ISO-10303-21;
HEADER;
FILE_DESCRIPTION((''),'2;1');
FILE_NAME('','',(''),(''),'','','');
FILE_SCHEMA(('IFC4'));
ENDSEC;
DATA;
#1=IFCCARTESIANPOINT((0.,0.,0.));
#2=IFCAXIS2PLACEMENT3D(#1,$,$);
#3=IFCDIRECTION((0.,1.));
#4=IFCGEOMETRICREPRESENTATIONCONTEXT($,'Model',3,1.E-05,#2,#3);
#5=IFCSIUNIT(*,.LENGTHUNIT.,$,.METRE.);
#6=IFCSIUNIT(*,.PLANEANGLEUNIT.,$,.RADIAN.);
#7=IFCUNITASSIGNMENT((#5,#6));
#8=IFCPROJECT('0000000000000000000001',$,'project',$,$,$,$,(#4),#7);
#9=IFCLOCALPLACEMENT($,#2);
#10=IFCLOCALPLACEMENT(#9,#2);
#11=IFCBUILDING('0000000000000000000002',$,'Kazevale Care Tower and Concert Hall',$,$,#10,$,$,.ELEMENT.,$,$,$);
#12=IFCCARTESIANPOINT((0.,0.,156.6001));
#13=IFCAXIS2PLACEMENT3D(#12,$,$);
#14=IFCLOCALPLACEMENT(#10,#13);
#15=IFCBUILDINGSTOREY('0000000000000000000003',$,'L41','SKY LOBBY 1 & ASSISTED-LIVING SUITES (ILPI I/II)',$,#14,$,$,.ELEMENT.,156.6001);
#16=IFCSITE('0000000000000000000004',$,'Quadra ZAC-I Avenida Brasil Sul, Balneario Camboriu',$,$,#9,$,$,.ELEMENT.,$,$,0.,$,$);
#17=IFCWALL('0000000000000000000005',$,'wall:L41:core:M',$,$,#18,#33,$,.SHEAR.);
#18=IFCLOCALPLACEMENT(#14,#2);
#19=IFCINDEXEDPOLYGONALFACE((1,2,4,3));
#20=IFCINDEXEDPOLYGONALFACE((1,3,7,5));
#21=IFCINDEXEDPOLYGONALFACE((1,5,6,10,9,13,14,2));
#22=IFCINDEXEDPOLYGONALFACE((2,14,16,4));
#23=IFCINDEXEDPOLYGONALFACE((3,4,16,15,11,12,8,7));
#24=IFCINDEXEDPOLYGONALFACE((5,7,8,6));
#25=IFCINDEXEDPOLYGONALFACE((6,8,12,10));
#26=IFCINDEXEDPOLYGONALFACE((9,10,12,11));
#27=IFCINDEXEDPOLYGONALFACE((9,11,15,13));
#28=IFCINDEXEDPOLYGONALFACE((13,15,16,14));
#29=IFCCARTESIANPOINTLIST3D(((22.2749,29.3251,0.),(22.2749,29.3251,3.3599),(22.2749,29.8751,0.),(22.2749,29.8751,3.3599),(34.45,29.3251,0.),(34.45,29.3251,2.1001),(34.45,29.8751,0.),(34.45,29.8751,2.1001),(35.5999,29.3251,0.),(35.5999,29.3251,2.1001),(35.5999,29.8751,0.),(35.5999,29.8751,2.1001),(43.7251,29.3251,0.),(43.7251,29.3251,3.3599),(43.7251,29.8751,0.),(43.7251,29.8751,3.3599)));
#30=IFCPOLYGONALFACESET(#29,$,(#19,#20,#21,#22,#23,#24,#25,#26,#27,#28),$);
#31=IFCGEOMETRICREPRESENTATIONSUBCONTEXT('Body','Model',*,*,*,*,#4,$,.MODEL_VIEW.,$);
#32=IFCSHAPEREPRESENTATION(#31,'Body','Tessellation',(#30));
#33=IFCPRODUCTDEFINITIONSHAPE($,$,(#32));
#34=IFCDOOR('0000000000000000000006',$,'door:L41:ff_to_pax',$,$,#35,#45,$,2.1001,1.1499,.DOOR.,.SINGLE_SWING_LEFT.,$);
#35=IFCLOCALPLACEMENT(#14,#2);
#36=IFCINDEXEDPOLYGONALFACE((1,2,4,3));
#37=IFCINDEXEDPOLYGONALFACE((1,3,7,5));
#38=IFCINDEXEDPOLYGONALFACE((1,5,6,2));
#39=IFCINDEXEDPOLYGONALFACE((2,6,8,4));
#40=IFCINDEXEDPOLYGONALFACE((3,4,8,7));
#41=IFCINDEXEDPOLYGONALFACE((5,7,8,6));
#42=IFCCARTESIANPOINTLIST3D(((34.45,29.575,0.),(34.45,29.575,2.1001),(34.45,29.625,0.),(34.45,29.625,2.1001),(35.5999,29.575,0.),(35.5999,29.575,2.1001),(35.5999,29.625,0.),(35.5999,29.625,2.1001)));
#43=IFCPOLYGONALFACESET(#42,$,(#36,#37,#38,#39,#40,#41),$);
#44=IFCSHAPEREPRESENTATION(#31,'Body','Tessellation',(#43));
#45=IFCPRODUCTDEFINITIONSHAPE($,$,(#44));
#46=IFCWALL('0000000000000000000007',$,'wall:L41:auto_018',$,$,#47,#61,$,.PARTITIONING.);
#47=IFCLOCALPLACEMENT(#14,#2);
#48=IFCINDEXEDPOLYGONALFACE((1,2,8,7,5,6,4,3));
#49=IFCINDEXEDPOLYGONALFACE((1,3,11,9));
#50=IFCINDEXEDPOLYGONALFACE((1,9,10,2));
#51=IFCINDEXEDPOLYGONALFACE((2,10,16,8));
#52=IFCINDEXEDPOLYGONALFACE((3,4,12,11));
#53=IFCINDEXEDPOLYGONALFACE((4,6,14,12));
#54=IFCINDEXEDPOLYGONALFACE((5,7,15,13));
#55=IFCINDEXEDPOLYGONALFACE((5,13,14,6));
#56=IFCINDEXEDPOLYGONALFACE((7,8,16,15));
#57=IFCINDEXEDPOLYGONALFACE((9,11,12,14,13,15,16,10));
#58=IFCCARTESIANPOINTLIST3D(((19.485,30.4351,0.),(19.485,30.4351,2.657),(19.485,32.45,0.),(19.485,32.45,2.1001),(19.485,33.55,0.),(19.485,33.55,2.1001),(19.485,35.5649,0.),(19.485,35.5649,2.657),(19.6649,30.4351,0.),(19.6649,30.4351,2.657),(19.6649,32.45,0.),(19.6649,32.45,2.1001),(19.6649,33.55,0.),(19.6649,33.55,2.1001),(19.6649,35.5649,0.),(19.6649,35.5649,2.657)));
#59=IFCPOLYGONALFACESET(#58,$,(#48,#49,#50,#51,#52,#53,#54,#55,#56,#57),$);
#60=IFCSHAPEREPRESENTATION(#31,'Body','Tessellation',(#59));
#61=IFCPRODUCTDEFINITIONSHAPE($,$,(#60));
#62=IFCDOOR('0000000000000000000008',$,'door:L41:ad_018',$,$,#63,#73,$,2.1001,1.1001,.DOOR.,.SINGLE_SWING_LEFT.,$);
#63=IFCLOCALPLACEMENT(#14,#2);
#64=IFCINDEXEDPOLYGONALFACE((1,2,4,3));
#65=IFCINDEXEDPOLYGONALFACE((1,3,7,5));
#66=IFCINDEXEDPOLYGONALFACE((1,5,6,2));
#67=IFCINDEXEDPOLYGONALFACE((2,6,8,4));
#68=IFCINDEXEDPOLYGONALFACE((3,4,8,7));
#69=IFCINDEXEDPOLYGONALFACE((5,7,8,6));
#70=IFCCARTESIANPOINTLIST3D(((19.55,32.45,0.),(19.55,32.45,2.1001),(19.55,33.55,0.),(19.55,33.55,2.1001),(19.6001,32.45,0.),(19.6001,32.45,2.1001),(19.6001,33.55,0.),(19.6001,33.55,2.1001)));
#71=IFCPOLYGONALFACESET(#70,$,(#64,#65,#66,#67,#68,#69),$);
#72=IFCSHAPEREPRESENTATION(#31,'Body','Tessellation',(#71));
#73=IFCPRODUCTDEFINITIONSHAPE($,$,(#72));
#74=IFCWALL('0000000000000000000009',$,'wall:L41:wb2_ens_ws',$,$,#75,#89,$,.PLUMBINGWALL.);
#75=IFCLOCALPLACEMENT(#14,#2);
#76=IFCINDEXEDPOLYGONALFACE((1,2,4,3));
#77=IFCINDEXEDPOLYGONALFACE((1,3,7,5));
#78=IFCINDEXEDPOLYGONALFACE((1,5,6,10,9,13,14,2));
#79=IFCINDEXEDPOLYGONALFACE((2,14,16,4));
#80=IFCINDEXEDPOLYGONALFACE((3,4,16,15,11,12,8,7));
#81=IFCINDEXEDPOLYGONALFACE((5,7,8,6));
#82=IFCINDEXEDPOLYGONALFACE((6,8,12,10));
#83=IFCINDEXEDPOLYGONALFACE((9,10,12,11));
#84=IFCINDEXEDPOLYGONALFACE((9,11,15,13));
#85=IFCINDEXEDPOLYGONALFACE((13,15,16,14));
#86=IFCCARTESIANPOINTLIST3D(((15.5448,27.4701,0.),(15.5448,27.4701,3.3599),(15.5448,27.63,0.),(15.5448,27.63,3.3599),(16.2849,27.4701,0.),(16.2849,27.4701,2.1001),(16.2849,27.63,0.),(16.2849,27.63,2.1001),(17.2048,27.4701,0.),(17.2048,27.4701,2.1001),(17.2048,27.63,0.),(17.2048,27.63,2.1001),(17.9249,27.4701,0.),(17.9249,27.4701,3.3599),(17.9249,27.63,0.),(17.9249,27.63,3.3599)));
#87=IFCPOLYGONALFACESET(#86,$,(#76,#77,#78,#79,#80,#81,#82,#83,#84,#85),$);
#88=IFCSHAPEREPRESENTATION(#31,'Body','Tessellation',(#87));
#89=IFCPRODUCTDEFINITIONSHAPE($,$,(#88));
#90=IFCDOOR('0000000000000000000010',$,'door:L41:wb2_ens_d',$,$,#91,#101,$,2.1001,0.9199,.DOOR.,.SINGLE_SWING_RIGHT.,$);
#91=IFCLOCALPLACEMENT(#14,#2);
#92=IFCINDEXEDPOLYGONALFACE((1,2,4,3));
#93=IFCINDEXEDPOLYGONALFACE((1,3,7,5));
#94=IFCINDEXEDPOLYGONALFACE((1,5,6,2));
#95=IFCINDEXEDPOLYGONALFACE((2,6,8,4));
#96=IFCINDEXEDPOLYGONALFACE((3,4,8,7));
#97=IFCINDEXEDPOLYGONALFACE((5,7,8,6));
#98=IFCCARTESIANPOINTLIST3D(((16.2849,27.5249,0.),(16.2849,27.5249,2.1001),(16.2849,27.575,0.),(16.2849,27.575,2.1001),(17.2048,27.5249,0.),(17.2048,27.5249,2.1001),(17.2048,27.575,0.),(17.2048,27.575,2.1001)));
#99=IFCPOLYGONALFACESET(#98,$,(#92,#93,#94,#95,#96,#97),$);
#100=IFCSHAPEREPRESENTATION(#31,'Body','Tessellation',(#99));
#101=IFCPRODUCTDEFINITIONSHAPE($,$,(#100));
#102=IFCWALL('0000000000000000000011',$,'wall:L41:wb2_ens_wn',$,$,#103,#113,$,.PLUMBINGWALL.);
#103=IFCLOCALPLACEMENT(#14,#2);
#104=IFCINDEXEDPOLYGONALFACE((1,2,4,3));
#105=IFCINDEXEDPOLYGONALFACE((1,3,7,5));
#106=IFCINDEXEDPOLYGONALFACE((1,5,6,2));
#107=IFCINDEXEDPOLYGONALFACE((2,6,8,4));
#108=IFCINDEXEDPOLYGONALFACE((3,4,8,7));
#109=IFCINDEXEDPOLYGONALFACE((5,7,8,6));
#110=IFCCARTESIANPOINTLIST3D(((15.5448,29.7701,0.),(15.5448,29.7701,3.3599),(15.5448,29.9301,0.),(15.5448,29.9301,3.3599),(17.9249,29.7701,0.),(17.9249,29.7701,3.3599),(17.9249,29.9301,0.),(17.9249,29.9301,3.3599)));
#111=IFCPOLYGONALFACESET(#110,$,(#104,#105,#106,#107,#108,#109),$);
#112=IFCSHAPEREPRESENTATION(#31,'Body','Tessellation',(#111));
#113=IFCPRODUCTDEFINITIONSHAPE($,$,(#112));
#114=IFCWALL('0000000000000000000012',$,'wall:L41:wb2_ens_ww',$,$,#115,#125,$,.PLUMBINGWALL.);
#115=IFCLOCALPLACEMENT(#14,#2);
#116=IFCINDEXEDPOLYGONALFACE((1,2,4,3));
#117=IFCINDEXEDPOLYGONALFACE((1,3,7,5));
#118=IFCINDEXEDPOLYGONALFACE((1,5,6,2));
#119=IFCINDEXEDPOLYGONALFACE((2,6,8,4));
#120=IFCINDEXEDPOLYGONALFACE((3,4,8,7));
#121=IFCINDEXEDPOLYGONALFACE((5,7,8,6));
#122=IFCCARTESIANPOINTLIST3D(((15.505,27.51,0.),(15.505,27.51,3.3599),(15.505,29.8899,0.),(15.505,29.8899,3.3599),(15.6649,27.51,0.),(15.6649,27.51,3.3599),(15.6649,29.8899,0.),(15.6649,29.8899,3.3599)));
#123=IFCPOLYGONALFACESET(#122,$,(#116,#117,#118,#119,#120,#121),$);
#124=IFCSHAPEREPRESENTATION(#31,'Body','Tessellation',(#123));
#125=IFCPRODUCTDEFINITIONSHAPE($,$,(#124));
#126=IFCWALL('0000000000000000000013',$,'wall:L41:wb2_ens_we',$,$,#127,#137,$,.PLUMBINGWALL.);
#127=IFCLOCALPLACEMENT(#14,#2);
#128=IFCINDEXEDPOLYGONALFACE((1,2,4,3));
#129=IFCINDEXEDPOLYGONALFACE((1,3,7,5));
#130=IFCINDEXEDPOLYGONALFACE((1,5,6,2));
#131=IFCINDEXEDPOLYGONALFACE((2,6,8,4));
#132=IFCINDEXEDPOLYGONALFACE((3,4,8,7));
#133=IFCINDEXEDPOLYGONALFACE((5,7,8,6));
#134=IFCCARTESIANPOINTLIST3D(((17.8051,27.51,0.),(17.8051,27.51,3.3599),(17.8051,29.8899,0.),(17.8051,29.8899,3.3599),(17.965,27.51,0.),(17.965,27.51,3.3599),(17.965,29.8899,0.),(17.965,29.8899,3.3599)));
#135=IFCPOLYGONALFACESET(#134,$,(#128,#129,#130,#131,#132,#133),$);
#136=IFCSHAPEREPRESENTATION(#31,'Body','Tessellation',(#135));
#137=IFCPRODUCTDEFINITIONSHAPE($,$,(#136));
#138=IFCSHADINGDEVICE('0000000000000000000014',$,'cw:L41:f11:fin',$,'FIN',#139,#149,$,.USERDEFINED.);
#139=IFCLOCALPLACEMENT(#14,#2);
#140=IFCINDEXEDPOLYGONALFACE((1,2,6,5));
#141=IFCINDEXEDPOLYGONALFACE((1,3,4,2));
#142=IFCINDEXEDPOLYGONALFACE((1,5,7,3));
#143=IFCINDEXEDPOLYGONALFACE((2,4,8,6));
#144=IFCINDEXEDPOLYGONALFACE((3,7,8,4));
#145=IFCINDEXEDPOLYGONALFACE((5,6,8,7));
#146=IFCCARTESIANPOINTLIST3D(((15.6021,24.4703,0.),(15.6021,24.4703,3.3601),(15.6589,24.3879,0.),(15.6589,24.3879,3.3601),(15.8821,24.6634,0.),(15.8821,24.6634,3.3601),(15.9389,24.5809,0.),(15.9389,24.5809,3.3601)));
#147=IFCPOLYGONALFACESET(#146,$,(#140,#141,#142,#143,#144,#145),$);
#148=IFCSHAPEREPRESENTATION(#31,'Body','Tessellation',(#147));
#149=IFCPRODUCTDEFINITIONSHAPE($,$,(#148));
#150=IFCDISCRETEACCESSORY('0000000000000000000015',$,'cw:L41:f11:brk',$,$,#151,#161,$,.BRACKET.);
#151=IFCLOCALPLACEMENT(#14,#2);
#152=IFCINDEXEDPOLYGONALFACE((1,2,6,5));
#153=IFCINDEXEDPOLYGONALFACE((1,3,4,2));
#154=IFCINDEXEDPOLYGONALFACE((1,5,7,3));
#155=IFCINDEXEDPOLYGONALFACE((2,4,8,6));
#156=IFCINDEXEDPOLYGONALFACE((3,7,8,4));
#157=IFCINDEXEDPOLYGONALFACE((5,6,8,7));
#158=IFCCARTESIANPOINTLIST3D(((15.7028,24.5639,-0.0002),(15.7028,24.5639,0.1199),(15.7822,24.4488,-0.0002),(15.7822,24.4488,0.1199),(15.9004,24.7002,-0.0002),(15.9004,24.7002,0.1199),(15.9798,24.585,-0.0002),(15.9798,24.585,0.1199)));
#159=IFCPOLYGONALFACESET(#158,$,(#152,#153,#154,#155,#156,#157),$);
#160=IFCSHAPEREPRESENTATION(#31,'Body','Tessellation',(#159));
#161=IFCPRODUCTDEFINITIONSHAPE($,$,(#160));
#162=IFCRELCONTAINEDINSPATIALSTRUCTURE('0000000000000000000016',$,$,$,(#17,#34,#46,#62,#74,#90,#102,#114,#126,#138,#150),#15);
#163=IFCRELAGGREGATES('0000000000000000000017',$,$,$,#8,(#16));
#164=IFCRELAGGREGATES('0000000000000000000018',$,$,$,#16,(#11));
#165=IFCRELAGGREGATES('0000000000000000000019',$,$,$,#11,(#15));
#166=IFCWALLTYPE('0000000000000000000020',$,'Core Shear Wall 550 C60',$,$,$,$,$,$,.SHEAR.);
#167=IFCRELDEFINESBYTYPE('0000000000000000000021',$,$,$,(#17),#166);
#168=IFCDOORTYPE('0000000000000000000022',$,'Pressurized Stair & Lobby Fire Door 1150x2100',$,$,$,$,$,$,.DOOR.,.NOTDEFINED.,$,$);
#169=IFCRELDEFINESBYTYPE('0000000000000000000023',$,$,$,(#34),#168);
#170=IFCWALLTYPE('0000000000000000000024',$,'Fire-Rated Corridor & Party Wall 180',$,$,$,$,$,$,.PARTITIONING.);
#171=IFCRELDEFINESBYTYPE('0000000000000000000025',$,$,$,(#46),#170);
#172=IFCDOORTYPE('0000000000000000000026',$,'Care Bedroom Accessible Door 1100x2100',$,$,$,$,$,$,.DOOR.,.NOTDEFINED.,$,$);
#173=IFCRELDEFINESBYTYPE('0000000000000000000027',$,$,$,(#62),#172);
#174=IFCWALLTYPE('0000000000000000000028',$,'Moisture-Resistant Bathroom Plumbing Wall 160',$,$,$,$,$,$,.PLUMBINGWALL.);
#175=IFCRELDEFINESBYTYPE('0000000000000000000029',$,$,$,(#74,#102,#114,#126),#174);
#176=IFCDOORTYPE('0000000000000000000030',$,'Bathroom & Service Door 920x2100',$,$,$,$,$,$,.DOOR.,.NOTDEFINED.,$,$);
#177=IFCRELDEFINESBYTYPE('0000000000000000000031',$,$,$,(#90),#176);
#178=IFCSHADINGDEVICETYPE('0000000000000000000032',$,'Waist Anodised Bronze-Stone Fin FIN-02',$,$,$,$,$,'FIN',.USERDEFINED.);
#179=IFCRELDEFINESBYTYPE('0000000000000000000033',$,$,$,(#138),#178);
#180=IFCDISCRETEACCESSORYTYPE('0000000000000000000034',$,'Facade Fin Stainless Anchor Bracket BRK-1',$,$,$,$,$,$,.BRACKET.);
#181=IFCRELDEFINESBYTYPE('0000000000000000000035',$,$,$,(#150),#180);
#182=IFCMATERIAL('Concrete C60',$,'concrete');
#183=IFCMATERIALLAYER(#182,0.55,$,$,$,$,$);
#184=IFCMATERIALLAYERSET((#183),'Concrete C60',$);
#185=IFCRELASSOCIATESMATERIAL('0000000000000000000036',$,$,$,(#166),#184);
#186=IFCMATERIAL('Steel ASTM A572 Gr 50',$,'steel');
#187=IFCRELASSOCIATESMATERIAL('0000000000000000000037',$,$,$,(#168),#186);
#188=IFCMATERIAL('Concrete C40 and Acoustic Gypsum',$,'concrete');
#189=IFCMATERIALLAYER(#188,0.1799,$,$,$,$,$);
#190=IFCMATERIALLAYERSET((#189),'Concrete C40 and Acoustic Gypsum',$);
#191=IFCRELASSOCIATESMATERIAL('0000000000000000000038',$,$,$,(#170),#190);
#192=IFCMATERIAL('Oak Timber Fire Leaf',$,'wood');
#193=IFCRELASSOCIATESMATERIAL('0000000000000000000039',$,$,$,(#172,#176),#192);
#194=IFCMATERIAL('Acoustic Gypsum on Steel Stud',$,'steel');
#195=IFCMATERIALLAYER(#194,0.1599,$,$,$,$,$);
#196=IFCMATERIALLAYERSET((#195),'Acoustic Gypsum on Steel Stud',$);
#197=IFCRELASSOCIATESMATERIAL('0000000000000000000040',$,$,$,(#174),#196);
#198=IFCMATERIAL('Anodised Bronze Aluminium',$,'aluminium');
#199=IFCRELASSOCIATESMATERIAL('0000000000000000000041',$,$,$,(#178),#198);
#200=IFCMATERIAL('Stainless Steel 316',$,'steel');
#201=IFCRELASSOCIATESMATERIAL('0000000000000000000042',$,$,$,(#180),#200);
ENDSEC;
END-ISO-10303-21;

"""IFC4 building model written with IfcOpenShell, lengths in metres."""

from ifc_helpers import new_model, si_unit, direction, frame, frame_2d, origin, origin_2d, place, context, subcontext, project, spatial, rectangle, extrude, material, layer, layer_set, type_object, element, fill, save


model = new_model("IFC4")

# Units and contexts
model_context = context("Model", 3, precision=1e-05, world=origin(), true_north=direction((0.0, 1.0)))
body_context = subcontext(model_context, "Body", "Model", "MODEL_VIEW")
ifc_project = project(units=[si_unit("LENGTHUNIT", "METRE"), si_unit("PLANEANGLEUNIT", "RADIAN")], contexts=[model_context])

# Site, building, storey
site_placement = place(None, origin())
site = spatial("IfcSite", under=ifc_project, at=site_placement, Name="Quadra ZAC-I Avenida Brasil Sul, Balneario Camboriu", CompositionType="ELEMENT", RefElevation=0.0)
building_placement = place(site_placement, origin())
building = spatial("IfcBuilding", under=site, at=building_placement, Name="Kazevale Care Tower and Concert Hall", CompositionType="ELEMENT")
storey_placement = place(building_placement, frame((0.0, 0.0, 156.6001)))
storey = spatial("IfcBuildingStorey", under=building, at=storey_placement, Name="L41", Description="SKY LOBBY 1 & ASSISTED-LIVING SUITES (ILPI I/II)", CompositionType="ELEMENT", Elevation=156.6001)

# Shared definitions
ifc_material_1 = material(Name="Concrete C60", Category="concrete")
ifc_layer_1 = layer(ifc_material_1, 0.55)
ifc_layer_set_1 = layer_set([ifc_layer_1], Name="Concrete C60")
wall_type_1 = type_object("IfcWallType", Name="Core Shear Wall 550 C60", PredefinedType="SHEAR", material=ifc_layer_set_1)

# Walls, openings, doors
wall_1_placement = place(storey_placement, frame((22.2749, 29.6001, 0.0), z_axis=(0.0, 0.0, 1.0), x_axis=(1.0, 0.0, 0.0)))
wall_1 = element("IfcWall", 1, at=wall_1_placement, inside=storey, type_object=wall_type_1, Name="wall:L41:core:M", PredefinedType="SHEAR", context=body_context, shape_type="SweptSolid", body=[
    extrude(rectangle(XDim=21.4502, YDim=0.55, at=frame_2d((10.7251, 0.0))), origin(), (0.0, 0.0, 1.0), 3.3599),
])
opening_1_placement = place(wall_1_placement, frame((12.175, 0.0, 0.0)))
opening_1 = element("IfcOpeningElement", 2, at=opening_1_placement, cuts=wall_1, PredefinedType="OPENING", context=body_context, shape_type="SweptSolid", body=[
    extrude(rectangle(XDim=1.1499, YDim=2.1001, at=frame_2d((0.575, 1.05))), frame((0.0, 0.2849, 0.0), z_axis=(0.0, -1.0, 0.0), x_axis=(1.0, 0.0, 0.0)), (0.0, 0.0, 1.0), 0.5701),
])
ifc_material_2 = material(Name="Steel ASTM A572 Gr 50", Category="steel")
door_type_1 = type_object("IfcDoorType", Name="Pressurized Stair & Lobby Fire Door 1150x2100", OperationType="NOTDEFINED", PredefinedType="DOOR", material=ifc_material_2)
door_1_placement = place(opening_1_placement, origin())
door_1 = element("IfcDoor", 3, at=door_1_placement, inside=storey, type_object=door_type_1, Name="door:L41:ff_to_pax", OperationType="SINGLE_SWING_LEFT", OverallHeight=2.1001, OverallWidth=1.1499, PredefinedType="DOOR", context=body_context, shape_type="SweptSolid", body=[
    extrude(rectangle(XDim=1.1499, YDim=2.1001, at=frame_2d((0.575, 1.05))), frame((0.0, 0.0249, 0.0), z_axis=(0.0, -1.0, 0.0), x_axis=(1.0, 0.0, 0.0)), (0.0, 0.0, 1.0), 0.05),
])
fill(opening_1, door_1)
ifc_material_3 = material(Name="Concrete C40 and Acoustic Gypsum", Category="concrete")
ifc_layer_2 = layer(ifc_material_3, 0.1799)
ifc_layer_set_2 = layer_set([ifc_layer_2], Name="Concrete C40 and Acoustic Gypsum")
wall_type_2 = type_object("IfcWallType", Name="Fire-Rated Corridor & Party Wall 180", PredefinedType="PARTITIONING", material=ifc_layer_set_2)
wall_2_placement = place(storey_placement, frame((19.575, 30.4351, 0.0), z_axis=(0.0, 0.0, 1.0), x_axis=(0.0, 1.0, 0.0)))
wall_2 = element("IfcWall", 4, at=wall_2_placement, inside=storey, type_object=wall_type_2, Name="wall:L41:auto_018", PredefinedType="PARTITIONING", context=body_context, shape_type="SweptSolid", body=[
    extrude(rectangle(XDim=5.1299, YDim=0.1799, at=frame_2d((2.5649, 0.0))), origin(), (0.0, 0.0, 1.0), 2.657),
])
opening_2_placement = place(wall_2_placement, frame((2.0149, 0.0, 0.0)))
opening_2 = element("IfcOpeningElement", 5, at=opening_2_placement, cuts=wall_2, PredefinedType="OPENING", context=body_context, shape_type="SweptSolid", body=[
    extrude(rectangle(XDim=1.1001, YDim=2.1001, at=frame_2d((0.55, 1.05))), frame((0.0, 0.0999, 0.0), z_axis=(0.0, -1.0, 0.0), x_axis=(1.0, 0.0, 0.0)), (0.0, 0.0, 1.0), 0.2),
])
ifc_material_4 = material(Name="Oak Timber Fire Leaf", Category="wood")
door_type_2 = type_object("IfcDoorType", Name="Care Bedroom Accessible Door 1100x2100", OperationType="NOTDEFINED", PredefinedType="DOOR", material=ifc_material_4)
door_2_placement = place(opening_2_placement, origin())
door_2 = element("IfcDoor", 6, at=door_2_placement, inside=storey, type_object=door_type_2, Name="door:L41:ad_018", OperationType="SINGLE_SWING_LEFT", OverallHeight=2.1001, OverallWidth=1.1001, PredefinedType="DOOR", context=body_context, shape_type="SweptSolid", body=[
    extrude(rectangle(XDim=1.1001, YDim=2.1001, at=frame_2d((0.55, 1.05))), frame((0.0, 0.0249, 0.0), z_axis=(0.0, -1.0, 0.0), x_axis=(1.0, 0.0, 0.0)), (0.0, 0.0, 1.0), 0.05),
])
fill(opening_2, door_2)
ifc_material_5 = material(Name="Acoustic Gypsum on Steel Stud", Category="steel")
ifc_layer_3 = layer(ifc_material_5, 0.1599)
ifc_layer_set_3 = layer_set([ifc_layer_3], Name="Acoustic Gypsum on Steel Stud")
wall_type_3 = type_object("IfcWallType", Name="Moisture-Resistant Bathroom Plumbing Wall 160", PredefinedType="PLUMBINGWALL", material=ifc_layer_set_3)
wall_3_placement = place(storey_placement, frame((15.5449, 27.55, 0.0), z_axis=(0.0, 0.0, 1.0), x_axis=(1.0, 0.0, 0.0)))
wall_3 = element("IfcWall", 7, at=wall_3_placement, inside=storey, type_object=wall_type_3, Name="wall:L41:wb2_ens_ws", PredefinedType="PLUMBINGWALL", context=body_context, shape_type="SweptSolid", body=[
    extrude(rectangle(XDim=2.3801, YDim=0.1599, at=frame_2d((1.1899, 0.0))), origin(), (0.0, 0.0, 1.0), 3.3599),
])
opening_3_placement = place(wall_3_placement, frame((0.74, 0.0, 0.0)))
opening_3 = element("IfcOpeningElement", 8, at=opening_3_placement, cuts=wall_3, PredefinedType="OPENING", context=body_context, shape_type="SweptSolid", body=[
    extrude(rectangle(XDim=0.9199, YDim=2.1001, at=frame_2d((0.46, 1.05))), frame((0.0, 0.0898, 0.0), z_axis=(0.0, -1.0, 0.0), x_axis=(1.0, 0.0, 0.0)), (0.0, 0.0, 1.0), 0.1799),
])
door_type_3 = type_object("IfcDoorType", Name="Bathroom & Service Door 920x2100", OperationType="NOTDEFINED", PredefinedType="DOOR", material=ifc_material_4)
door_3_placement = place(opening_3_placement, origin())
door_3 = element("IfcDoor", 9, at=door_3_placement, inside=storey, type_object=door_type_3, Name="door:L41:wb2_ens_d", OperationType="SINGLE_SWING_RIGHT", OverallHeight=2.1001, OverallWidth=0.9199, PredefinedType="DOOR", context=body_context, shape_type="SweptSolid", body=[
    extrude(rectangle(XDim=0.9199, YDim=2.1001, at=frame_2d((0.46, 1.05))), frame((0.0, 0.0249, 0.0), z_axis=(0.0, -1.0, 0.0), x_axis=(1.0, 0.0, 0.0)), (0.0, 0.0, 1.0), 0.05),
])
fill(opening_3, door_3)

# Walls
wall_4_placement = place(storey_placement, frame((15.5449, 29.8501, 0.0), z_axis=(0.0, 0.0, 1.0), x_axis=(1.0, 0.0, 0.0)))
element("IfcWall", 10, at=wall_4_placement, inside=storey, type_object=wall_type_3, Name="wall:L41:wb2_ens_wn", PredefinedType="PLUMBINGWALL", context=body_context, shape_type="SweptSolid", body=[
    extrude(rectangle(XDim=2.3801, YDim=0.1599, at=frame_2d((1.1899, 0.0))), origin(), (0.0, 0.0, 1.0), 3.3599),
])
for number, where, z_axis, x_axis, name in (
    (11, (15.585, 27.51, 0.0), (0.0, 0.0, 1.0), (0.0, 1.0, 0.0), "wall:L41:wb2_ens_ww"),
    (12, (17.885, 27.51, 0.0), (0.0, 0.0, 1.0), (0.0, 1.0, 0.0), "wall:L41:wb2_ens_we"),
):
    element("IfcWall", number, at=place(storey_placement, frame(where, z_axis=z_axis, x_axis=x_axis)), inside=storey, type_object=wall_type_3, Name=name, PredefinedType="PLUMBINGWALL", context=body_context, shape_type="SweptSolid", body=[
        extrude(rectangle(XDim=2.3799, YDim=0.1599, at=frame_2d((1.1899, 0.0))), origin(), (0.0, 0.0, 1.0), 3.3599),
    ])

# Shading device
ifc_material_6 = material(Name="Anodised Bronze Aluminium", Category="aluminium")
shading_device_type = type_object("IfcShadingDeviceType", Name="Waist Anodised Bronze-Stone Fin FIN-02", ElementType="FIN", PredefinedType="USERDEFINED", material=ifc_material_6)
shading_device_placement = place(storey_placement, frame((15.7705, 24.5256, 0.0), z_axis=(0.0, 0.0, 1.0), x_axis=(-0.823335, -0.567556, 0.0)))
element("IfcShadingDevice", 13, at=shading_device_placement, inside=storey, type_object=shading_device_type, Name="cw:L41:f11:fin", ObjectType="FIN", PredefinedType="USERDEFINED", context=body_context, shape_type="SweptSolid", body=[
    extrude(rectangle(XDim=0.3401, YDim=0.1001, at=origin_2d()), origin(), (0.0, 0.0, 1.0), 3.3601),
])

# Discrete accessory
ifc_material_7 = material(Name="Stainless Steel 316", Category="steel")
discrete_accessory_type = type_object("IfcDiscreteAccessoryType", Name="Facade Fin Stainless Anchor Bracket BRK-1", PredefinedType="BRACKET", material=ifc_material_7)
discrete_accessory_placement = place(storey_placement, frame((15.8413, 24.5745, -0.0002), z_axis=(0.0, 0.0, 1.0), x_axis=(-0.823335, -0.567556, 0.0)))
element("IfcDiscreteAccessory", 14, at=discrete_accessory_placement, inside=storey, type_object=discrete_accessory_type, Name="cw:L41:f11:brk", PredefinedType="BRACKET", context=body_context, shape_type="SweptSolid", body=[
    extrude(rectangle(XDim=0.24, YDim=0.1399, at=origin_2d()), origin(), (0.0, 0.0, 1.0), 0.1201),
])

save(model, "model.ifc")
